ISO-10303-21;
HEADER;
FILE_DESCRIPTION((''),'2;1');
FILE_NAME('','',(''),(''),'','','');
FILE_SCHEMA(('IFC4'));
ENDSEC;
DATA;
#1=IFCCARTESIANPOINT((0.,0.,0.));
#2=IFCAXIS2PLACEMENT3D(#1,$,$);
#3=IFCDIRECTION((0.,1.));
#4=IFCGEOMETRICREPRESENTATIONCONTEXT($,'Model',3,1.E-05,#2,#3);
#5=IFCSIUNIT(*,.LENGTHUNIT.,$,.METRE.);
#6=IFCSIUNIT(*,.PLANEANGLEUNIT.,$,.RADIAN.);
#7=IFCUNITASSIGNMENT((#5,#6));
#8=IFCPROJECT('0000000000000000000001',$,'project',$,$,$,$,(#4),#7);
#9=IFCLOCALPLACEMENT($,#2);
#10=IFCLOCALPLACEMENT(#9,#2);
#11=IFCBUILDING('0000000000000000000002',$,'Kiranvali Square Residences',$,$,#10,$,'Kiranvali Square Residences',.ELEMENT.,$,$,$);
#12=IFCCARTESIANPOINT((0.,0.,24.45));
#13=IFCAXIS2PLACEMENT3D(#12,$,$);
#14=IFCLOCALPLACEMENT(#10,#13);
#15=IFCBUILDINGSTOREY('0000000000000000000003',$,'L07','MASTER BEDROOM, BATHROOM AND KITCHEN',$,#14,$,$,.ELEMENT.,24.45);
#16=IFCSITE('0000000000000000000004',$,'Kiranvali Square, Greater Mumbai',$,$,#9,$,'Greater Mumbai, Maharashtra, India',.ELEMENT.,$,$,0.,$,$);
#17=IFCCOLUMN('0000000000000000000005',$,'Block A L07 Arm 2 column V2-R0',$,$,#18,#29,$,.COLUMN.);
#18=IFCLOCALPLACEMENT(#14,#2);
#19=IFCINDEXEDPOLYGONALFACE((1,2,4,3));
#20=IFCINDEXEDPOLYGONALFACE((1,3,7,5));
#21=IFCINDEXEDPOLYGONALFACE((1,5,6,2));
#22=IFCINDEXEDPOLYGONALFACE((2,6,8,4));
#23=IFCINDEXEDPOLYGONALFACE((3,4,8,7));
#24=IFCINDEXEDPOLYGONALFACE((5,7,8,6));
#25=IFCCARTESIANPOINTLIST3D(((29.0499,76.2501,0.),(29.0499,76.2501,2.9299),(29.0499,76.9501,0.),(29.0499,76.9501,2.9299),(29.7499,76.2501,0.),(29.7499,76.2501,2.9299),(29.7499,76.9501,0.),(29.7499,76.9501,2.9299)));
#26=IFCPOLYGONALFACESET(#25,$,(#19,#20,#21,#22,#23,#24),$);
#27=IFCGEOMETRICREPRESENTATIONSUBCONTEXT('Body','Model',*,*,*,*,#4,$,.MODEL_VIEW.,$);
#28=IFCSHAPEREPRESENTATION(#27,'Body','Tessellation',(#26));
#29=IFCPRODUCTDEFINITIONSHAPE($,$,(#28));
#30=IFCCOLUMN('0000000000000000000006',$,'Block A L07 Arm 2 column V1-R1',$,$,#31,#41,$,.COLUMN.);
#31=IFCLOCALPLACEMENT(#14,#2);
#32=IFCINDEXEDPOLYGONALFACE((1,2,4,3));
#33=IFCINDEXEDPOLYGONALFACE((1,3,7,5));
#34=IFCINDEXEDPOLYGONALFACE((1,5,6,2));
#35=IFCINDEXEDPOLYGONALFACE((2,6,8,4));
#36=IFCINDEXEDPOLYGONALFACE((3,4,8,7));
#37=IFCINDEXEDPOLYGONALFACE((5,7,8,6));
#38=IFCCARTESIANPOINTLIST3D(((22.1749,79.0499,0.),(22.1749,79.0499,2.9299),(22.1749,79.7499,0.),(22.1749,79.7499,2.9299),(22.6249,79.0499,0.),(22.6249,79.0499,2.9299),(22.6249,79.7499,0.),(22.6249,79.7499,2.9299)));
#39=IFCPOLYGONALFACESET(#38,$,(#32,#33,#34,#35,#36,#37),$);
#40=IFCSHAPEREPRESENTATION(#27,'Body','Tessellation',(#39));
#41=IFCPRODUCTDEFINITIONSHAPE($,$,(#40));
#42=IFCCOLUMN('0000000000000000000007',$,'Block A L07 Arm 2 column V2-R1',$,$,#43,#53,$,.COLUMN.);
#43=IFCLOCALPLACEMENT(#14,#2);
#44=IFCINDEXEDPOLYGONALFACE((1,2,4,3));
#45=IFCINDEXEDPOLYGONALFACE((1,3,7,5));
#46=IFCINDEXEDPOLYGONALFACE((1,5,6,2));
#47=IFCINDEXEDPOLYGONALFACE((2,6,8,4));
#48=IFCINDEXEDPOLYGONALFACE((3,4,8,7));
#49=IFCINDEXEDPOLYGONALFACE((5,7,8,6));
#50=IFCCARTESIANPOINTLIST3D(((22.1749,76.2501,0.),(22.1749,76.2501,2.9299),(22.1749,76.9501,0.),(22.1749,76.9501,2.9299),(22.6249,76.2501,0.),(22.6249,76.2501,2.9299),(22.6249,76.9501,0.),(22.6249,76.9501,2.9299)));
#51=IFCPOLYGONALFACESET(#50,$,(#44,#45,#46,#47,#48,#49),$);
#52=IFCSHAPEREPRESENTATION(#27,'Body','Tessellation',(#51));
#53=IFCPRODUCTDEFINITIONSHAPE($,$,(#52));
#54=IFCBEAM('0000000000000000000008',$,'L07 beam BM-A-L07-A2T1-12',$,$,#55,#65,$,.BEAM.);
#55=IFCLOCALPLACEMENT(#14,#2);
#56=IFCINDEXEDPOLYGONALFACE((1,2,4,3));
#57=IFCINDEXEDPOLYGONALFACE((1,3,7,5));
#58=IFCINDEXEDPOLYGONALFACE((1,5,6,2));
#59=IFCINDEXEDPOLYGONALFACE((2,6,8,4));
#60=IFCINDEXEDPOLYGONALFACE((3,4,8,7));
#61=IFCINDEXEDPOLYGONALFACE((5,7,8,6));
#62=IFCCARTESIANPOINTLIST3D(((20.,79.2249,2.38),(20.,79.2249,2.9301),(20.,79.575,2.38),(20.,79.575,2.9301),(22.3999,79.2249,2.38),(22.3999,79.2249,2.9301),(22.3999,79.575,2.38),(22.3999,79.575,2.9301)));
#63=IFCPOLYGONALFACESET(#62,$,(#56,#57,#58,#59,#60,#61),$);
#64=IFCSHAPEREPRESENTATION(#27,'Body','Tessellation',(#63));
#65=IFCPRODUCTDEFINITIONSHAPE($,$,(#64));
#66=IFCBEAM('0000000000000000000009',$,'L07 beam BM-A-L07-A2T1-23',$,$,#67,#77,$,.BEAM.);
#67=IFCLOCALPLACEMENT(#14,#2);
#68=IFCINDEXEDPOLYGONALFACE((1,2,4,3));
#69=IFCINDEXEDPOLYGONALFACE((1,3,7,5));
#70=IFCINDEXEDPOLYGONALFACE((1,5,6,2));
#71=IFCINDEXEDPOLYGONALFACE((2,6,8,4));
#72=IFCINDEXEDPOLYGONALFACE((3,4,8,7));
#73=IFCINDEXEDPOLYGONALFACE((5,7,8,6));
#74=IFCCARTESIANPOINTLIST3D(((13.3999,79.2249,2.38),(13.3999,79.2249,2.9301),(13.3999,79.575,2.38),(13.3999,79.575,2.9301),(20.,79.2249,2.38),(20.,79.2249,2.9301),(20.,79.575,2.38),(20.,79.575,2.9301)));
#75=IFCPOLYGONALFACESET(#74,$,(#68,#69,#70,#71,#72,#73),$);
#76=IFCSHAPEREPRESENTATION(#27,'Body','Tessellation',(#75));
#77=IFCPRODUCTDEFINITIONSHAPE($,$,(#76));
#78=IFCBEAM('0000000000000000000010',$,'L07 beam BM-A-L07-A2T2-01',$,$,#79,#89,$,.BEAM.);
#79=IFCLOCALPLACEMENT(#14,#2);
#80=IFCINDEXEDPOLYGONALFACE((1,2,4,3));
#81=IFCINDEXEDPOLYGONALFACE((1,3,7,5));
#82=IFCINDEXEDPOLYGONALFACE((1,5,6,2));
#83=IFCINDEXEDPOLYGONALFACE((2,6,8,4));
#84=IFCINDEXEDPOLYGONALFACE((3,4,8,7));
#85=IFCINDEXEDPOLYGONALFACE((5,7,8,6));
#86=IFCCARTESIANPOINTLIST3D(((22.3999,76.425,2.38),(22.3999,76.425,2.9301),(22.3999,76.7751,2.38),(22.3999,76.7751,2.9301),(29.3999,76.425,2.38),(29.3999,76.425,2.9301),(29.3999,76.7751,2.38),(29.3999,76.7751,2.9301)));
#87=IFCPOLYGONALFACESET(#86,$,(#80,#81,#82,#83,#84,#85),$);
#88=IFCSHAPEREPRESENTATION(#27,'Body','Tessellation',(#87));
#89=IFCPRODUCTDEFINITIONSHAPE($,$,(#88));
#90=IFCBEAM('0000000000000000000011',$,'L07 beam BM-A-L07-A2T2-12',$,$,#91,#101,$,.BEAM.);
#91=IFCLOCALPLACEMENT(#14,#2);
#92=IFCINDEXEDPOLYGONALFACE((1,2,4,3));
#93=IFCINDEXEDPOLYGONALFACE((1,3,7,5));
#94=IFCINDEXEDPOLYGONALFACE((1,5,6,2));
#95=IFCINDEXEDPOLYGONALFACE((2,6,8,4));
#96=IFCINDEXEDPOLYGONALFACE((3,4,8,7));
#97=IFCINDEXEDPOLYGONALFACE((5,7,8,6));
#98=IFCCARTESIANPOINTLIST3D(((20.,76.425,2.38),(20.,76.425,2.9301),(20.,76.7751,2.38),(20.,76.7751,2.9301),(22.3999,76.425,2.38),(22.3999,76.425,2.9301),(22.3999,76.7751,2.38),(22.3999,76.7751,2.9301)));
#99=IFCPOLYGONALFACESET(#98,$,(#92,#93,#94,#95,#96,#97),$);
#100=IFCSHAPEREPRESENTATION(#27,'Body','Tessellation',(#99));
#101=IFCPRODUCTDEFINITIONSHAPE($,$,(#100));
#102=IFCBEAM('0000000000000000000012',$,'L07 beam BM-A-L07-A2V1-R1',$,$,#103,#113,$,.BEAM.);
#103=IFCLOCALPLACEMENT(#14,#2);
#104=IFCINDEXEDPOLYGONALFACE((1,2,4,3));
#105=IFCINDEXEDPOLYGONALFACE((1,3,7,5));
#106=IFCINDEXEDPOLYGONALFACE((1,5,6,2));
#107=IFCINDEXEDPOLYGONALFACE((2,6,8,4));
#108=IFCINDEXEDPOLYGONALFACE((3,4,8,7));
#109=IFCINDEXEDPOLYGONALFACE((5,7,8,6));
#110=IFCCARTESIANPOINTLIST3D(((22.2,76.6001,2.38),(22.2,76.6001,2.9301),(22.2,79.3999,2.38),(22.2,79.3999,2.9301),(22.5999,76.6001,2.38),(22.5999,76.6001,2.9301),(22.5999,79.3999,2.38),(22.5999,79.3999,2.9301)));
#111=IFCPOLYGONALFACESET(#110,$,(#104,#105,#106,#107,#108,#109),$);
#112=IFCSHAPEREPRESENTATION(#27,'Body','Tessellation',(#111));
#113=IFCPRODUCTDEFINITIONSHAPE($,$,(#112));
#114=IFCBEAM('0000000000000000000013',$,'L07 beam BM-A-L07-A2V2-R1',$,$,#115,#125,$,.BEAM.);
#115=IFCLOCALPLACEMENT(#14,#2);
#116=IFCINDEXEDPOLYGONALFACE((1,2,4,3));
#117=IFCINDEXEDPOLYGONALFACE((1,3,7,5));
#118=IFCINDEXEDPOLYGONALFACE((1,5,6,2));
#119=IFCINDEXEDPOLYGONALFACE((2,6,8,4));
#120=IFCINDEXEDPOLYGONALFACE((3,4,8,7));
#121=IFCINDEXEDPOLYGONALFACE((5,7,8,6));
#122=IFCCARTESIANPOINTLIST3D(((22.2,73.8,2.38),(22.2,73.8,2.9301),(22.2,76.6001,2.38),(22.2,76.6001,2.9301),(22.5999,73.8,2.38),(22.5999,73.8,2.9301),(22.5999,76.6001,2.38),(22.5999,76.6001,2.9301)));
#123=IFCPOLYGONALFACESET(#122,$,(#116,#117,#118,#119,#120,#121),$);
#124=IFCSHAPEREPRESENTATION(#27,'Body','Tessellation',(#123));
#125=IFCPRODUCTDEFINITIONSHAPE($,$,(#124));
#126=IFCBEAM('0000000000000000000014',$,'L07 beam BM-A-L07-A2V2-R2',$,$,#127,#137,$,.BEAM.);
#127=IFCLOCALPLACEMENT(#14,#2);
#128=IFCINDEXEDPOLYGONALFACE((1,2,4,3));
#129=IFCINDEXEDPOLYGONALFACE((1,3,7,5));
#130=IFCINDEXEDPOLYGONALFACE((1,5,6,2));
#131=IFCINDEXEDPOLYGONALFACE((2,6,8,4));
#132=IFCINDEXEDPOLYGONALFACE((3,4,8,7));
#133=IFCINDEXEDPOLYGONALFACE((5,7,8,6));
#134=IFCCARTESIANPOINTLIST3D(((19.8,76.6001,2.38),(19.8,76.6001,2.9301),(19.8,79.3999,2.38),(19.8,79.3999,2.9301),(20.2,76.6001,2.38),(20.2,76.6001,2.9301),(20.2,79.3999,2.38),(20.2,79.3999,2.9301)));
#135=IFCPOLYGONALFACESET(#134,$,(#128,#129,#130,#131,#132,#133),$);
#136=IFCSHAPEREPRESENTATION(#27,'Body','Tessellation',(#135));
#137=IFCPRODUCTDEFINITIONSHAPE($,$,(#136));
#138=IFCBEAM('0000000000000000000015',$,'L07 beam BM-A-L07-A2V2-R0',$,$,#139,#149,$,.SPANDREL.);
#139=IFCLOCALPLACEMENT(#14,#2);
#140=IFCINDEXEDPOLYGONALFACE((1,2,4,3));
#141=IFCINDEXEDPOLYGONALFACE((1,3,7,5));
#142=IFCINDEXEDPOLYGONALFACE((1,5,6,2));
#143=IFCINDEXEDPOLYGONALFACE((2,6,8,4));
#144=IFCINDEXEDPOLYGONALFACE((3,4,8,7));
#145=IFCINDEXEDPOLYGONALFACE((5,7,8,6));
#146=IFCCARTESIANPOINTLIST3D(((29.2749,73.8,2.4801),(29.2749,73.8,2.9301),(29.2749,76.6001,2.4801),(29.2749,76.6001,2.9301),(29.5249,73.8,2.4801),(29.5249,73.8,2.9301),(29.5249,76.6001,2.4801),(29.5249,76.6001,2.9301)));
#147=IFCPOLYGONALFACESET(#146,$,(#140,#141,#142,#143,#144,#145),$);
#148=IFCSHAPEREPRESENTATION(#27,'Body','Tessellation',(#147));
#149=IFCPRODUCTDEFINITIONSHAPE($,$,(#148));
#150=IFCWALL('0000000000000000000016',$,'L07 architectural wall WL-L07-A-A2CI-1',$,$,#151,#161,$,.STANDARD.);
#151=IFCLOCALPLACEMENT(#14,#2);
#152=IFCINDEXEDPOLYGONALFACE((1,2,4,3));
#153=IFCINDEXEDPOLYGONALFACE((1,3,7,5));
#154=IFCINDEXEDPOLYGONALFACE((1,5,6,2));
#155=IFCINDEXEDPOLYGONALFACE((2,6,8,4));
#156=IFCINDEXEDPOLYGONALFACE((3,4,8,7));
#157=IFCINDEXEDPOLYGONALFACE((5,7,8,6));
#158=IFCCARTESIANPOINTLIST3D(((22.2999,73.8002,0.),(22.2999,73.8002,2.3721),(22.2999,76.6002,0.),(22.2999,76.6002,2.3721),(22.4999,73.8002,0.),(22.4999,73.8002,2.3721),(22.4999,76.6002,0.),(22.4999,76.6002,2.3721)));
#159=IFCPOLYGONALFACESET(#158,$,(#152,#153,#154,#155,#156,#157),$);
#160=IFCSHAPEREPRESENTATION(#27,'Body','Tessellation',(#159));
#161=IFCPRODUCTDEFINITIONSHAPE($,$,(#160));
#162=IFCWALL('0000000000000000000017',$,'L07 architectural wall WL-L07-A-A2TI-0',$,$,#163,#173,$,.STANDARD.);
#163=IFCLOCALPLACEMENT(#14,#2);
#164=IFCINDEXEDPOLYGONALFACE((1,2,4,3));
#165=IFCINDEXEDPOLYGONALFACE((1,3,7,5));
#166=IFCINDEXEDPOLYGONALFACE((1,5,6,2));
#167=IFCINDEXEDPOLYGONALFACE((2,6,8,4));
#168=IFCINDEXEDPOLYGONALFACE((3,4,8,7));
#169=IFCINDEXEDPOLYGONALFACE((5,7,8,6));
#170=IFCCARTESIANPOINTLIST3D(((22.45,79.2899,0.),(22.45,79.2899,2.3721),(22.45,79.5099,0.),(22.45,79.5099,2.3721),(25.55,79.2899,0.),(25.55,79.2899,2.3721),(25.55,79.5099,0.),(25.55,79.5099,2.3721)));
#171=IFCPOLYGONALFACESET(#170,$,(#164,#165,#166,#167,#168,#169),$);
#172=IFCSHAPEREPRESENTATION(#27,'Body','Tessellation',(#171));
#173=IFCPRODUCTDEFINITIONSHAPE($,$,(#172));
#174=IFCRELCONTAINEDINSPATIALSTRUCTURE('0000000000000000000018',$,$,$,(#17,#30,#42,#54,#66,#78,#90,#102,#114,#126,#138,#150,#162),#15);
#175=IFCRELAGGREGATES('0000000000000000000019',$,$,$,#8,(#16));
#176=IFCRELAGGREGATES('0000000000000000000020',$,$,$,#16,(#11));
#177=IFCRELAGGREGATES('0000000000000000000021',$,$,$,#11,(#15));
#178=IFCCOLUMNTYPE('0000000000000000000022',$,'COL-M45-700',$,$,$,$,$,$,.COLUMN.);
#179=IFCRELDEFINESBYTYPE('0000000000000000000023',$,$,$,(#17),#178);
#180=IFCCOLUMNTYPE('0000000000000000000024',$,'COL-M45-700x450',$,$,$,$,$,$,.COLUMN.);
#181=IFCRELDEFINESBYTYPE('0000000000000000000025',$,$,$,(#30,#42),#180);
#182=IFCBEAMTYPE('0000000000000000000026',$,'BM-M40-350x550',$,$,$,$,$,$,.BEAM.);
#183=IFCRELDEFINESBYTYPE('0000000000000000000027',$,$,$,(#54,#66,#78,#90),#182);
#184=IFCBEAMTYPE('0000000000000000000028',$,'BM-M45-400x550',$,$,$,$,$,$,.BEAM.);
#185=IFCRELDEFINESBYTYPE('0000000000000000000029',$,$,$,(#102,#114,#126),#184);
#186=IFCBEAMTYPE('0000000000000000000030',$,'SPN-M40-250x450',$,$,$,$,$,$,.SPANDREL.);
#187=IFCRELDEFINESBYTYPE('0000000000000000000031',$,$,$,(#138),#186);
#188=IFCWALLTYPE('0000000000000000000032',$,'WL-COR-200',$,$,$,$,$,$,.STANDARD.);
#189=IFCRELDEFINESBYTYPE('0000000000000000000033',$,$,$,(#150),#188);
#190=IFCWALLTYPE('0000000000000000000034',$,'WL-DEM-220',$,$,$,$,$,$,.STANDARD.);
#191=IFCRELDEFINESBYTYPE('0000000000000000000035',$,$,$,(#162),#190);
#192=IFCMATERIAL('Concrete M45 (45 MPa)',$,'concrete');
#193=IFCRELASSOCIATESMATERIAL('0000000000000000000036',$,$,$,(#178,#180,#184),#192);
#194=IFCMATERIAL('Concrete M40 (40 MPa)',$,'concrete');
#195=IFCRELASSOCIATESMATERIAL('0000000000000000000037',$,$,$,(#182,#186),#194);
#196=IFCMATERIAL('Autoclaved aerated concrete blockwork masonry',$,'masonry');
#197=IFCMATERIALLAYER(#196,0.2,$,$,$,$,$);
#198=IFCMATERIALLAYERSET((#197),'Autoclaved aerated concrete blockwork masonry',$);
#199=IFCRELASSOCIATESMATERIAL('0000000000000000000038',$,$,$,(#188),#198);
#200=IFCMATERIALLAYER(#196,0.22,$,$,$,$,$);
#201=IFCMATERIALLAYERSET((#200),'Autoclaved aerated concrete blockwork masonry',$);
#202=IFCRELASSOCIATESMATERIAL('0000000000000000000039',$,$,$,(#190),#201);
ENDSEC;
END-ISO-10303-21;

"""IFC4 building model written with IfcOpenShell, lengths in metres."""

from ifc_helpers import new_model, si_unit, direction, frame, frame_2d, origin, origin_2d, place, context, subcontext, project, spatial, rectangle, extrude, material, layer, layer_set, material_profile, profile_set, type_object, element, save


model = new_model("IFC4")

# Units and contexts
model_context = context("Model", 3, precision=1e-05, world=origin(), true_north=direction((0.0, 1.0)))
body_context = subcontext(model_context, "Body", "Model", "MODEL_VIEW")
ifc_project = project(units=[si_unit("LENGTHUNIT", "METRE"), si_unit("PLANEANGLEUNIT", "RADIAN")], contexts=[model_context])

# Site, building, storey
site_placement = place(None, origin())
site = spatial("IfcSite", under=ifc_project, at=site_placement, Name="Kiranvali Square, Greater Mumbai", LongName="Greater Mumbai, Maharashtra, India", CompositionType="ELEMENT", RefElevation=0.0)
building_placement = place(site_placement, origin())
building = spatial("IfcBuilding", under=site, at=building_placement, Name="Kiranvali Square Residences", LongName="Kiranvali Square Residences", CompositionType="ELEMENT")
storey_placement = place(building_placement, frame((0.0, 0.0, 24.45)))
storey = spatial("IfcBuildingStorey", under=building, at=storey_placement, Name="L07", Description="MASTER BEDROOM, BATHROOM AND KITCHEN", CompositionType="ELEMENT", Elevation=24.45)

# Columns
ifc_material_1 = material(Name="Concrete M45 (45 MPa)", Category="concrete")
ifc_material_profile_1 = material_profile(ifc_material_1, rectangle(XDim=0.7, YDim=0.7, at=origin_2d()), Name="RC 700x700")
ifc_profile_set_1 = profile_set([ifc_material_profile_1], Name="Concrete M45 (45 MPa)")
column_type_1 = type_object("IfcColumnType", Name="COL-M45-700", PredefinedType="COLUMN", material=ifc_profile_set_1)
column_placement = place(storey_placement, frame((29.3999, 76.6001, 0.0), z_axis=(0.0, 0.0, 1.0), x_axis=(1.0, 0.0, 0.0)))
element("IfcColumn", 1, at=column_placement, inside=storey, type_object=column_type_1, Name="Block A L07 Arm 2 column V2-R0", PredefinedType="COLUMN", context=body_context, shape_type="SweptSolid", body=[
    extrude(rectangle(XDim=0.7, YDim=0.7, at=origin_2d()), origin(), (0.0, 0.0, 1.0), 2.9299),
])
ifc_material_profile_2 = material_profile(ifc_material_1, rectangle(XDim=0.45, YDim=0.7, at=origin_2d()), Name="RC 700x450")
ifc_profile_set_2 = profile_set([ifc_material_profile_2], Name="Concrete M45 (45 MPa)")
column_type_2 = type_object("IfcColumnType", Name="COL-M45-700x450", PredefinedType="COLUMN", material=ifc_profile_set_2)
for number, where, z_axis, x_axis, name in (
    (2, (22.3999, 79.3999, 0.0), (0.0, 0.0, 1.0), (1.0, 0.0, 0.0), "Block A L07 Arm 2 column V1-R1"),
    (3, (22.3999, 76.6001, 0.0), (0.0, 0.0, 1.0), (1.0, 0.0, 0.0), "Block A L07 Arm 2 column V2-R1"),
):
    element("IfcColumn", number, at=place(storey_placement, frame(where, z_axis=z_axis, x_axis=x_axis)), inside=storey, type_object=column_type_2, Name=name, PredefinedType="COLUMN", context=body_context, shape_type="SweptSolid", body=[
        extrude(rectangle(XDim=0.45, YDim=0.7, at=origin_2d()), origin(), (0.0, 0.0, 1.0), 2.9299),
    ])

# Beams
ifc_material_2 = material(Name="Concrete M40 (40 MPa)", Category="concrete")
ifc_material_profile_3 = material_profile(ifc_material_2, rectangle(XDim=0.3501, YDim=0.55, at=origin_2d()), Name="RC 350x550")
ifc_profile_set_3 = profile_set([ifc_material_profile_3], Name="Concrete M40 (40 MPa)")
beam_type_1 = type_object("IfcBeamType", Name="BM-M40-350x550", PredefinedType="BEAM", material=ifc_profile_set_3)
beam_1_placement = place(storey_placement, frame((22.3999, 79.3999, 2.655), z_axis=(-1.0, 0.0, 0.0), x_axis=(0.0, -1.0, 0.0)))
element("IfcBeam", 4, at=beam_1_placement, inside=storey, type_object=beam_type_1, Name="L07 beam BM-A-L07-A2T1-12", PredefinedType="BEAM", context=body_context, shape_type="SweptSolid", body=[
    extrude(rectangle(XDim=0.3501, YDim=0.55, at=origin_2d()), origin(), (0.0, 0.0, 1.0), 2.3999),
])
beam_2_placement = place(storey_placement, frame((20.0, 79.3999, 2.655), z_axis=(-1.0, 0.0, 0.0), x_axis=(0.0, -1.0, 0.0)))
element("IfcBeam", 5, at=beam_2_placement, inside=storey, type_object=beam_type_1, Name="L07 beam BM-A-L07-A2T1-23", PredefinedType="BEAM", context=body_context, shape_type="SweptSolid", body=[
    extrude(rectangle(XDim=0.3501, YDim=0.55, at=origin_2d()), origin(), (0.0, 0.0, 1.0), 6.6001),
])
beam_3_placement = place(storey_placement, frame((29.3999, 76.6001, 2.655), z_axis=(-1.0, 0.0, 0.0), x_axis=(0.0, -1.0, 0.0)))
element("IfcBeam", 6, at=beam_3_placement, inside=storey, type_object=beam_type_1, Name="L07 beam BM-A-L07-A2T2-01", PredefinedType="BEAM", context=body_context, shape_type="SweptSolid", body=[
    extrude(rectangle(XDim=0.3501, YDim=0.55, at=origin_2d()), origin(), (0.0, 0.0, 1.0), 7.0),
])
beam_4_placement = place(storey_placement, frame((22.3999, 76.6001, 2.655), z_axis=(-1.0, 0.0, 0.0), x_axis=(0.0, -1.0, 0.0)))
element("IfcBeam", 7, at=beam_4_placement, inside=storey, type_object=beam_type_1, Name="L07 beam BM-A-L07-A2T2-12", PredefinedType="BEAM", context=body_context, shape_type="SweptSolid", body=[
    extrude(rectangle(XDim=0.3501, YDim=0.55, at=origin_2d()), origin(), (0.0, 0.0, 1.0), 2.3999),
])
ifc_material_profile_4 = material_profile(ifc_material_1, rectangle(XDim=0.3999, YDim=0.55, at=origin_2d()), Name="RC 400x550")
ifc_profile_set_4 = profile_set([ifc_material_profile_4], Name="Concrete M45 (45 MPa)")
beam_type_2 = type_object("IfcBeamType", Name="BM-M45-400x550", PredefinedType="BEAM", material=ifc_profile_set_4)
beam_5_placement = place(storey_placement, frame((22.3999, 79.3999, 2.655), z_axis=(0.0, -1.0, 0.0), x_axis=(1.0, 0.0, 0.0)))
element("IfcBeam", 8, at=beam_5_placement, inside=storey, type_object=beam_type_2, Name="L07 beam BM-A-L07-A2V1-R1", PredefinedType="BEAM", context=body_context, shape_type="SweptSolid", body=[
    extrude(rectangle(XDim=0.3999, YDim=0.55, at=origin_2d()), origin(), (0.0, 0.0, 1.0), 2.7998),
])
beam_6_placement = place(storey_placement, frame((22.3999, 76.6001, 2.655), z_axis=(0.0, -1.0, 0.0), x_axis=(1.0, 0.0, 0.0)))
element("IfcBeam", 9, at=beam_6_placement, inside=storey, type_object=beam_type_2, Name="L07 beam BM-A-L07-A2V2-R1", PredefinedType="BEAM", context=body_context, shape_type="SweptSolid", body=[
    extrude(rectangle(XDim=0.3999, YDim=0.55, at=origin_2d()), origin(), (0.0, 0.0, 1.0), 2.8),
])
beam_7_placement = place(storey_placement, frame((20.0, 79.3999, 2.655), z_axis=(0.0, -1.0, 0.0), x_axis=(1.0, 0.0, 0.0)))
element("IfcBeam", 10, at=beam_7_placement, inside=storey, type_object=beam_type_2, Name="L07 beam BM-A-L07-A2V2-R2", PredefinedType="BEAM", context=body_context, shape_type="SweptSolid", body=[
    extrude(rectangle(XDim=0.3999, YDim=0.55, at=origin_2d()), origin(), (0.0, 0.0, 1.0), 2.7998),
])
ifc_material_profile_5 = material_profile(ifc_material_2, rectangle(XDim=0.25, YDim=0.45, at=origin_2d()), Name="RC 250x450")
ifc_profile_set_5 = profile_set([ifc_material_profile_5], Name="Concrete M40 (40 MPa)")
beam_type_3 = type_object("IfcBeamType", Name="SPN-M40-250x450", PredefinedType="SPANDREL", material=ifc_profile_set_5)
beam_8_placement = place(storey_placement, frame((29.3999, 76.6001, 2.7051), z_axis=(0.0, -1.0, 0.0), x_axis=(1.0, 0.0, 0.0)))
element("IfcBeam", 11, at=beam_8_placement, inside=storey, type_object=beam_type_3, Name="L07 beam BM-A-L07-A2V2-R0", PredefinedType="SPANDREL", context=body_context, shape_type="SweptSolid", body=[
    extrude(rectangle(XDim=0.25, YDim=0.45, at=origin_2d()), origin(), (0.0, 0.0, 1.0), 2.8),
])

# Shared definitions
ifc_material_3 = material(Name="Autoclaved aerated concrete blockwork masonry", Category="masonry")
ifc_layer_1 = layer(ifc_material_3, 0.2)
ifc_layer_set_1 = layer_set([ifc_layer_1], Name="Autoclaved aerated concrete blockwork masonry")
wall_type_1 = type_object("IfcWallType", Name="WL-COR-200", PredefinedType="STANDARD", material=ifc_layer_set_1)

# Walls
wall_1_placement = place(storey_placement, frame((22.3999, 76.6001, 0.0), z_axis=(0.0, 0.0, 1.0), x_axis=(0.0, -1.0, 0.0)))
element("IfcWall", 12, at=wall_1_placement, inside=storey, type_object=wall_type_1, Name="L07 architectural wall WL-L07-A-A2CI-1", PredefinedType="STANDARD", context=body_context, shape_type="SweptSolid", body=[
    extrude(rectangle(XDim=2.8, YDim=0.2, at=frame_2d((1.3999, 0.0))), origin(), (0.0, 0.0, 1.0), 2.3721),
])
ifc_layer_2 = layer(ifc_material_3, 0.22)
ifc_layer_set_2 = layer_set([ifc_layer_2], Name="Autoclaved aerated concrete blockwork masonry")
wall_type_2 = type_object("IfcWallType", Name="WL-DEM-220", PredefinedType="STANDARD", material=ifc_layer_set_2)
wall_2_placement = place(storey_placement, frame((25.55, 79.3999, 0.0), z_axis=(0.0, 0.0, 1.0), x_axis=(-1.0, 0.0, 0.0)))
element("IfcWall", 13, at=wall_2_placement, inside=storey, type_object=wall_type_2, Name="L07 architectural wall WL-L07-A-A2TI-0", PredefinedType="STANDARD", context=body_context, shape_type="SweptSolid", body=[
    extrude(rectangle(XDim=3.1001, YDim=0.22, at=frame_2d((1.55, 0.0))), origin(), (0.0, 0.0, 1.0), 2.3721),
])

save(model, "model.ifc")
